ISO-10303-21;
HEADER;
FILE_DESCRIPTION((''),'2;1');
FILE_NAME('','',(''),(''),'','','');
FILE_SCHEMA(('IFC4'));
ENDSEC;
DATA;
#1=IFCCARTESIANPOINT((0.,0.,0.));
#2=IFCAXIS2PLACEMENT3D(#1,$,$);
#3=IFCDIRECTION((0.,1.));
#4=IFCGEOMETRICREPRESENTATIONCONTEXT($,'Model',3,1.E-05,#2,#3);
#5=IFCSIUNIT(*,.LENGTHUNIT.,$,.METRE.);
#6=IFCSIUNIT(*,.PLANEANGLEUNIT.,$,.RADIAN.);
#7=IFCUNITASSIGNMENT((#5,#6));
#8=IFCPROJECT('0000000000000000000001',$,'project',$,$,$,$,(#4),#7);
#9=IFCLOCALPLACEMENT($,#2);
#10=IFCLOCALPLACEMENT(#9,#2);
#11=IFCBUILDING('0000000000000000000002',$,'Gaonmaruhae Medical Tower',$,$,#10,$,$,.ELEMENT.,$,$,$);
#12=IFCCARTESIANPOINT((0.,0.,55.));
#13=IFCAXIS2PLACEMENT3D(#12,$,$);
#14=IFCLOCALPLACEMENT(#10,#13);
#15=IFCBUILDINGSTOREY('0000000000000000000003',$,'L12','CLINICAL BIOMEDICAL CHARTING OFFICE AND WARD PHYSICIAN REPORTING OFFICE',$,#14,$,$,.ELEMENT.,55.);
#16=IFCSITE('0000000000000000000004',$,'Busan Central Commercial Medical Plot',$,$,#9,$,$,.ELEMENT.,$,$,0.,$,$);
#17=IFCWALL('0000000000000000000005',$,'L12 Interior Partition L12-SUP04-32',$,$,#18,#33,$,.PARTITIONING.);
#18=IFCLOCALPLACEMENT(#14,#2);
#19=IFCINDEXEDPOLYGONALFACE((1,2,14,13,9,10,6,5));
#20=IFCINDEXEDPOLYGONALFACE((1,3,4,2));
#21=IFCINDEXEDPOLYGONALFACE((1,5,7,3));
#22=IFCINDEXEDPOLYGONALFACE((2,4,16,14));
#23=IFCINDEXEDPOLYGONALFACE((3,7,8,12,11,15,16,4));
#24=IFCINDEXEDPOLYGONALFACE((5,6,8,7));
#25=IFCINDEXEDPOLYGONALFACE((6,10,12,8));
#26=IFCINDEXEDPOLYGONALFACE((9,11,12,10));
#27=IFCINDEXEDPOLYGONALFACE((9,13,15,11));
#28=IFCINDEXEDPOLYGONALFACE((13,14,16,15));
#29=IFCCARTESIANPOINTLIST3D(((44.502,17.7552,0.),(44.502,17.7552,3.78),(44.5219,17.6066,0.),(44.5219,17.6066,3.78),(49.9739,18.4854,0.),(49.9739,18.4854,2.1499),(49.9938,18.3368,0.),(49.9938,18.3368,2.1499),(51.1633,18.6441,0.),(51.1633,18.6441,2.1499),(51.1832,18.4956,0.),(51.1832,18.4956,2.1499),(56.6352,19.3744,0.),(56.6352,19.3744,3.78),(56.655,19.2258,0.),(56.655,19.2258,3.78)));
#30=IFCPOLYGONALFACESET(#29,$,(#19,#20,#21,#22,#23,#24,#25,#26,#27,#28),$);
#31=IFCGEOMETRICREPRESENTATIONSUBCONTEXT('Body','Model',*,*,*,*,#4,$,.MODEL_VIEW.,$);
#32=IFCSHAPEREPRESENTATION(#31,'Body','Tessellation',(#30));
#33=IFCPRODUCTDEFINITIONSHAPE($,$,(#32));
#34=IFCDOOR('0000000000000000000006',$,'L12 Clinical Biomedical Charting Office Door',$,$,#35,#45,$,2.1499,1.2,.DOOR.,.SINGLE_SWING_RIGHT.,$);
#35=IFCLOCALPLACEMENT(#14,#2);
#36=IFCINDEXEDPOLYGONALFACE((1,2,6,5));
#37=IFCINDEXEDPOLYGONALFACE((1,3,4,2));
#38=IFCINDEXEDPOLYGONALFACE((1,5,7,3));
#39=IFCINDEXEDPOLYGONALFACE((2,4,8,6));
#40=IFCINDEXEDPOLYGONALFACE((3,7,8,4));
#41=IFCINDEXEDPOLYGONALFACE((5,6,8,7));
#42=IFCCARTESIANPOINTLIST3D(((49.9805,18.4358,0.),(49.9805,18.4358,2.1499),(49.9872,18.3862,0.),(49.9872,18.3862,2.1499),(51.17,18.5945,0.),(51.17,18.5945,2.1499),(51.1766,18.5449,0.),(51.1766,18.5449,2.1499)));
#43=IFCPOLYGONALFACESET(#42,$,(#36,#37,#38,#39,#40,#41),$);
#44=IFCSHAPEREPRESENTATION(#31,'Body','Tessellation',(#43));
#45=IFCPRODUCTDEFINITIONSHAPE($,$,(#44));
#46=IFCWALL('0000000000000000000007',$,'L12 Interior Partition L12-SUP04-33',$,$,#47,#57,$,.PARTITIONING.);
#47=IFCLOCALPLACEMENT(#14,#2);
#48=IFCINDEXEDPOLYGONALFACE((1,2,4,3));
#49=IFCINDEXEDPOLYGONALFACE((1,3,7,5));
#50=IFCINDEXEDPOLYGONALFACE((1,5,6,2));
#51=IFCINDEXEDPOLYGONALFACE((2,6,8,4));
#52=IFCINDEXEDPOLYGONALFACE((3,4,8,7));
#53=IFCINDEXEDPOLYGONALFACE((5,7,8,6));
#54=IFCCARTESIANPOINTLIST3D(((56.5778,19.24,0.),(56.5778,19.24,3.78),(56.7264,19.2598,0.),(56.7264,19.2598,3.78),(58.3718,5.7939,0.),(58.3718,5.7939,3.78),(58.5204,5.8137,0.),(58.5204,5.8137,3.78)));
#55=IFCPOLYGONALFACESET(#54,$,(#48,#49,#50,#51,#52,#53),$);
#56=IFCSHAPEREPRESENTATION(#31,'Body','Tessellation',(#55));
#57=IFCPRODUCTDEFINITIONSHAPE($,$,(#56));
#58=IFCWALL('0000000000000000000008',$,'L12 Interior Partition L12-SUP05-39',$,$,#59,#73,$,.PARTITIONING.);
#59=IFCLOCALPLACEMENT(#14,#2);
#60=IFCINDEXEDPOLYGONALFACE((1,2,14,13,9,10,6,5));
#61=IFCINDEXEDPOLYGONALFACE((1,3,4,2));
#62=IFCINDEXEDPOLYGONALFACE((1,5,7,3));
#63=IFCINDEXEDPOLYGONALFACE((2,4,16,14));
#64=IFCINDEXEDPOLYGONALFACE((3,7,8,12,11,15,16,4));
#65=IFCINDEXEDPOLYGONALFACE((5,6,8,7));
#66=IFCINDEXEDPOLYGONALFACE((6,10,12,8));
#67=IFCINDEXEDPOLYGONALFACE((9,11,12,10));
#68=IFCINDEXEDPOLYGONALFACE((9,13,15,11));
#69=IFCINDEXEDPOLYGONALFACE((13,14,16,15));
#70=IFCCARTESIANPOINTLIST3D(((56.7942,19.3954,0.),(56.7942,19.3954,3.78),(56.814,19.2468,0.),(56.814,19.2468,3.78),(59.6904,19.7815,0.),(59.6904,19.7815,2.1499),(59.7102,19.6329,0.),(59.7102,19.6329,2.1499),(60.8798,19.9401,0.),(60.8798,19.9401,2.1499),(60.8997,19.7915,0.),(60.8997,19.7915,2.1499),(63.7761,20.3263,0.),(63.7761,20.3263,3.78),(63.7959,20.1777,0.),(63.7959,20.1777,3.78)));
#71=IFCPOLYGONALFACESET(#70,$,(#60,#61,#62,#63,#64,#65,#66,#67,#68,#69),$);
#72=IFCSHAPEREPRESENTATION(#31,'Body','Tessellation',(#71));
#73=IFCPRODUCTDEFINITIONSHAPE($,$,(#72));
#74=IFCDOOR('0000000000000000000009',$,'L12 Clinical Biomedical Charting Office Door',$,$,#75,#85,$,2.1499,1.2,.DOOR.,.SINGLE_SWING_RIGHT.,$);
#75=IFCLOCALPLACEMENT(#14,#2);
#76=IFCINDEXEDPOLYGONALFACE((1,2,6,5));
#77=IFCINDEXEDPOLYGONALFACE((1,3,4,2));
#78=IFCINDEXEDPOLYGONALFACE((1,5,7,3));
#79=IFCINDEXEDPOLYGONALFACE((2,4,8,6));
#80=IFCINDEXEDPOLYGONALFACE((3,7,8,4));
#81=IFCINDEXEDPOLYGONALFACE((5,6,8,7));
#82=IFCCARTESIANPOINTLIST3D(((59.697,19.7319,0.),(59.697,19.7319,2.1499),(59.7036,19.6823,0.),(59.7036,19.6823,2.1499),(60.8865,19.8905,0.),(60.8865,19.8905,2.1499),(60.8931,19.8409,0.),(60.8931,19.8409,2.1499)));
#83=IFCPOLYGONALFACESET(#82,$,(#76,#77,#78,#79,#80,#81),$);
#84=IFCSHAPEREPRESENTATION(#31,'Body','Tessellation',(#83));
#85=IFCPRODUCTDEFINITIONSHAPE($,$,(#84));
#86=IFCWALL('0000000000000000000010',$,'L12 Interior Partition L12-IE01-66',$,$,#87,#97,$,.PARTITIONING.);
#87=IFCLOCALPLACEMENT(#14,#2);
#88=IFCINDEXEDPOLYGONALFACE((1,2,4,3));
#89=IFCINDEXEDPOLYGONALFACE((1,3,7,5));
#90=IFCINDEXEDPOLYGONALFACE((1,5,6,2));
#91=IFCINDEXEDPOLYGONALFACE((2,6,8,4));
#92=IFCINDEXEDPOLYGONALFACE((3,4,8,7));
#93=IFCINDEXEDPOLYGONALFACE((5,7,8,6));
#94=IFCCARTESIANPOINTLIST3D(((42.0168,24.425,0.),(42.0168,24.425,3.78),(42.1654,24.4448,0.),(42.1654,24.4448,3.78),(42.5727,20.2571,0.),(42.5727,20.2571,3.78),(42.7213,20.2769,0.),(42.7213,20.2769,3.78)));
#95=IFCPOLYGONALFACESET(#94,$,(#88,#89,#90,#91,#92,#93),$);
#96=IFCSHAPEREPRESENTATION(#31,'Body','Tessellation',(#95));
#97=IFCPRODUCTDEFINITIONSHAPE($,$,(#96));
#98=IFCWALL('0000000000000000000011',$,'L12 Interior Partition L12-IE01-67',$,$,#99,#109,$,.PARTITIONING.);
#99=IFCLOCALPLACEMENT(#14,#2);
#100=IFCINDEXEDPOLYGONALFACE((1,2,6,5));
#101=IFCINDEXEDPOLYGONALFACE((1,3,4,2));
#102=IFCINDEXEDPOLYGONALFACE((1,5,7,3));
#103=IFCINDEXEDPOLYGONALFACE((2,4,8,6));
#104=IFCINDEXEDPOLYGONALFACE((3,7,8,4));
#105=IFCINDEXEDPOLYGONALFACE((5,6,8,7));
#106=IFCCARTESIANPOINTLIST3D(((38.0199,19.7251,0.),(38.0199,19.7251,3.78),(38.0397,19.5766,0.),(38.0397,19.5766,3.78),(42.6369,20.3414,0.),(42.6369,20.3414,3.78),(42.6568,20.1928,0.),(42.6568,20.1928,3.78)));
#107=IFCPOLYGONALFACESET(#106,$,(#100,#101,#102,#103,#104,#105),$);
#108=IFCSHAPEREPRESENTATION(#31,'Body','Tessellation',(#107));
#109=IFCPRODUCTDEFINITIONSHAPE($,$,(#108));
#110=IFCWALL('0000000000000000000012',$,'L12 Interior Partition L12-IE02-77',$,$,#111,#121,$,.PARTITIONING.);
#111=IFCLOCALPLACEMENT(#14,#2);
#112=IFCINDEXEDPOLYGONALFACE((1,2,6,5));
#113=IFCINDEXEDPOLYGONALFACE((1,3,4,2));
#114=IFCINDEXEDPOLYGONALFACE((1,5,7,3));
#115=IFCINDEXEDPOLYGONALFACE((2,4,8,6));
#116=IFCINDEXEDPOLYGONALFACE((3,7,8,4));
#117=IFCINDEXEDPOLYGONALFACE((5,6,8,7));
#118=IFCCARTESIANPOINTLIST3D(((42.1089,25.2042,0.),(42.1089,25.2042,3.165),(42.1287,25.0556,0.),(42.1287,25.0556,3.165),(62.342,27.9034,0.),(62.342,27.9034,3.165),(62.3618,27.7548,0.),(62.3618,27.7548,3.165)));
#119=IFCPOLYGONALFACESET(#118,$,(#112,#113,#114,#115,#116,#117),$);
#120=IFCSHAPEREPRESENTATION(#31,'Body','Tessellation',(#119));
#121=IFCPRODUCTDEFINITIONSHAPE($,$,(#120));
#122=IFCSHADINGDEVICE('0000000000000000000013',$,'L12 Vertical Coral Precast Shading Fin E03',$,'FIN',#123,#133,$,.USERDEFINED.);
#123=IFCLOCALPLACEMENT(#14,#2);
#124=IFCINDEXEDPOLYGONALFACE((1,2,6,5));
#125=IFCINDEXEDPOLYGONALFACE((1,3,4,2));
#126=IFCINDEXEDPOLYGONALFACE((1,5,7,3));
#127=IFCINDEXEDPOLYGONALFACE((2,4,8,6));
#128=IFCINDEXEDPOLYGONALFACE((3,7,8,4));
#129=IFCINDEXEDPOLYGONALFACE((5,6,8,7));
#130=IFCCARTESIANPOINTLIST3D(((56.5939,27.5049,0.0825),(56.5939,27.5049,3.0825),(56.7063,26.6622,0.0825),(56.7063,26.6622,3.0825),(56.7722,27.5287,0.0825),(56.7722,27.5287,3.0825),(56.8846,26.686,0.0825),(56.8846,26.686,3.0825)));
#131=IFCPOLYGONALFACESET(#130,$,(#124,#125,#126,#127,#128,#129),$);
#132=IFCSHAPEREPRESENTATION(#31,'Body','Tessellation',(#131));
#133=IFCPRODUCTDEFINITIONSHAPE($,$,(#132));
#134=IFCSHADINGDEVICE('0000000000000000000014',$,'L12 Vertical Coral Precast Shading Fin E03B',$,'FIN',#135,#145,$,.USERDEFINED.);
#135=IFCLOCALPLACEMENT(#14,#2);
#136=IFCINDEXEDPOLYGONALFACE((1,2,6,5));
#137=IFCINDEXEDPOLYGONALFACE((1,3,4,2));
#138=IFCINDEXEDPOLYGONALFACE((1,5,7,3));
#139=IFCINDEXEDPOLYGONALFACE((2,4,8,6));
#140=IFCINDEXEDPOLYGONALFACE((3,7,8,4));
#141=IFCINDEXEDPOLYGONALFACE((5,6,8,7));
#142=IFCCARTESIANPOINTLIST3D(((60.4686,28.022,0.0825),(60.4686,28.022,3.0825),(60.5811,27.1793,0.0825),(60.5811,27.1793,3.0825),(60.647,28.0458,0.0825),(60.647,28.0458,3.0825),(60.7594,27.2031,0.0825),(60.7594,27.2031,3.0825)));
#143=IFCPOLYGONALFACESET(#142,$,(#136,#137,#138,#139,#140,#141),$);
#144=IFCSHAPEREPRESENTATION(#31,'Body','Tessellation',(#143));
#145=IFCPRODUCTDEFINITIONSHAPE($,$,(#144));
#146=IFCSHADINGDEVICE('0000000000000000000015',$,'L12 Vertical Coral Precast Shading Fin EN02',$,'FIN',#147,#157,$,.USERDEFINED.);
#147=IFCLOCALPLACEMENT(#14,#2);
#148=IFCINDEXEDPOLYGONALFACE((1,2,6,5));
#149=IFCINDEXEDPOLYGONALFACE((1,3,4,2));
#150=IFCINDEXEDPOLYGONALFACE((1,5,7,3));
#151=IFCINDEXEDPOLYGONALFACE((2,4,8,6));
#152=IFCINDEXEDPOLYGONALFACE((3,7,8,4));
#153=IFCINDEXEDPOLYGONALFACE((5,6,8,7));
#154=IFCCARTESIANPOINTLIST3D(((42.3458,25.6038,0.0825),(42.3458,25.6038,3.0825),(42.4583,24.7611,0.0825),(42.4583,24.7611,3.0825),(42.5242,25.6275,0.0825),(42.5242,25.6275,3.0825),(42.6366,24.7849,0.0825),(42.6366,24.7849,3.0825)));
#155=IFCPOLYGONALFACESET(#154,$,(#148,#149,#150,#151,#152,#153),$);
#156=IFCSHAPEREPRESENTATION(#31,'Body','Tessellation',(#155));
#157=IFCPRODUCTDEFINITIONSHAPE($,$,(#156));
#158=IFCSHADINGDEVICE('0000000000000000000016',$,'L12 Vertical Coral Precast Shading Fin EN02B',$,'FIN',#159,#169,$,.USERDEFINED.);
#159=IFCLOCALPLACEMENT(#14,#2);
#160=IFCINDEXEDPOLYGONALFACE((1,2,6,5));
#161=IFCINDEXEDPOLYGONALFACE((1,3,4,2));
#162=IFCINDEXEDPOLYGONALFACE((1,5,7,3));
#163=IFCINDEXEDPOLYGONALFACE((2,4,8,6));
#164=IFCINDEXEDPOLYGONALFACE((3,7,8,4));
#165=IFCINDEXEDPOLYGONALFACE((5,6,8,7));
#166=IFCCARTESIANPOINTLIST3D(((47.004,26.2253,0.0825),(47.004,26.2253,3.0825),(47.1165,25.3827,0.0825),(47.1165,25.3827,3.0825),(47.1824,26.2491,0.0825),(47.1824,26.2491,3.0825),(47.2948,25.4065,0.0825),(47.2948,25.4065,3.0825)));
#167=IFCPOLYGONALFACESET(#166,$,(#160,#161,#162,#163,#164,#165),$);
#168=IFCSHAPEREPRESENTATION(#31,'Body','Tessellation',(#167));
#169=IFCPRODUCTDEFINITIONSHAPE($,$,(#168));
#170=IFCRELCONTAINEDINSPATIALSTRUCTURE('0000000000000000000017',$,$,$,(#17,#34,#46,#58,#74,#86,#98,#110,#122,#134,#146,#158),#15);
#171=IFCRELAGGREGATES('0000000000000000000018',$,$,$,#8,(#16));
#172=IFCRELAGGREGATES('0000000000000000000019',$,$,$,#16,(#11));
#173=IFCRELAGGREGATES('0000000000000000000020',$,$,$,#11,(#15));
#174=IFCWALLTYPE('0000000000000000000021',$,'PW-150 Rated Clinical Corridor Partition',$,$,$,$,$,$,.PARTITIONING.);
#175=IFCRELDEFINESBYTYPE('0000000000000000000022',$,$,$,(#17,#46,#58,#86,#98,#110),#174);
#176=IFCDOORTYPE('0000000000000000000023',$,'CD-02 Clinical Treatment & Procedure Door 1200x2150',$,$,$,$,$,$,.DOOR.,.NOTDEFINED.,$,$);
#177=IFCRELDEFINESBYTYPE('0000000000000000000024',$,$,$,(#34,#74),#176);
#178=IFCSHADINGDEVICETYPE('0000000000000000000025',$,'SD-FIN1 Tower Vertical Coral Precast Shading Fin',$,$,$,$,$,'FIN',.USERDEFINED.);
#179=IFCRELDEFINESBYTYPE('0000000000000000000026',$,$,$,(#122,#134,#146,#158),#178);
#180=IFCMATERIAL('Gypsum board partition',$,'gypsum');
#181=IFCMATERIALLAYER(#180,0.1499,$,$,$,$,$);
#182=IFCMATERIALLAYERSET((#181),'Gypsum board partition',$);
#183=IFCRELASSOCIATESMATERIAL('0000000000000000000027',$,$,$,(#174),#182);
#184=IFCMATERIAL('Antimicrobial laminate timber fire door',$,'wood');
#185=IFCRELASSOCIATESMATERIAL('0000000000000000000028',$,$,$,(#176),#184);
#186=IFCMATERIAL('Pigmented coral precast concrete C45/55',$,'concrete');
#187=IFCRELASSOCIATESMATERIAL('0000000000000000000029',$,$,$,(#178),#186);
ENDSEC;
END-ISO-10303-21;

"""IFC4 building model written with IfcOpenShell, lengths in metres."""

from ifc_helpers import new_model, si_unit, direction, frame, frame_2d, origin, origin_2d, place, context, subcontext, project, spatial, rectangle, extrude, material, layer, layer_set, type_object, element, fill, save


model = new_model("IFC4")

# Units and contexts
model_context = context("Model", 3, precision=1e-05, world=origin(), true_north=direction((0.0, 1.0)))
body_context = subcontext(model_context, "Body", "Model", "MODEL_VIEW")
ifc_project = project(units=[si_unit("LENGTHUNIT", "METRE"), si_unit("PLANEANGLEUNIT", "RADIAN")], contexts=[model_context])

# Site, building, storey
site_placement = place(None, origin())
site = spatial("IfcSite", under=ifc_project, at=site_placement, Name="Busan Central Commercial Medical Plot", CompositionType="ELEMENT", RefElevation=0.0)
building_placement = place(site_placement, origin())
building = spatial("IfcBuilding", under=site, at=building_placement, Name="Gaonmaruhae Medical Tower", CompositionType="ELEMENT")
storey_placement = place(building_placement, frame((0.0, 0.0, 55.0)))
storey = spatial("IfcBuildingStorey", under=building, at=storey_placement, Name="L12", Description="CLINICAL BIOMEDICAL CHARTING OFFICE AND WARD PHYSICIAN REPORTING OFFICE", CompositionType="ELEMENT", Elevation=55.0)

# Shared definitions
ifc_material_1 = material(Name="Gypsum board partition", Category="gypsum")
ifc_layer_1 = layer(ifc_material_1, 0.1499)
ifc_layer_set_1 = layer_set([ifc_layer_1], Name="Gypsum board partition")
wall_type_1 = type_object("IfcWallType", Name="PW-150 Rated Clinical Corridor Partition", PredefinedType="PARTITIONING", material=ifc_layer_set_1)

# Wall, opening, door
wall_1_placement = place(storey_placement, frame((44.512, 17.6809, 0.0), z_axis=(0.0, 0.0, 1.0), x_axis=(0.991213, 0.132276, 0.0)))
wall_1 = element("IfcWall", 1, at=wall_1_placement, inside=storey, type_object=wall_type_1, Name="L12 Interior Partition L12-SUP04-32", PredefinedType="PARTITIONING", context=body_context, shape_type="SweptSolid", body=[
    extrude(rectangle(XDim=12.2407, YDim=0.1499, at=frame_2d((6.1204, 0.0))), origin(), (0.0, 0.0, 1.0), 3.78),
])
opening_1_placement = place(wall_1_placement, frame((5.5203, 0.0, 0.0)))
opening_1 = element("IfcOpeningElement", 2, at=opening_1_placement, cuts=wall_1, PredefinedType="OPENING", context=body_context, shape_type="SweptSolid", body=[
    extrude(rectangle(XDim=1.2, YDim=2.1499, at=frame_2d((0.6001, 1.075))), frame((0.0, 0.085, 0.0), z_axis=(0.0, -1.0, 0.0), x_axis=(1.0, 0.0, 0.0)), (0.0, 0.0, 1.0), 0.1699),
])
ifc_material_2 = material(Name="Antimicrobial laminate timber fire door", Category="wood")
door_type = type_object("IfcDoorType", Name="CD-02 Clinical Treatment & Procedure Door 1200x2150", OperationType="NOTDEFINED", PredefinedType="DOOR", material=ifc_material_2)
door_1_placement = place(opening_1_placement, origin())
door_1 = element("IfcDoor", 3, at=door_1_placement, inside=storey, type_object=door_type, Name="L12 Clinical Biomedical Charting Office Door", OperationType="SINGLE_SWING_RIGHT", OverallHeight=2.1499, OverallWidth=1.2, PredefinedType="DOOR", context=body_context, shape_type="SweptSolid", body=[
    extrude(rectangle(XDim=1.2, YDim=2.1499, at=frame_2d((0.6001, 1.075))), frame((0.0, 0.0249, 0.0), z_axis=(0.0, -1.0, 0.0), x_axis=(1.0, 0.0, 0.0)), (0.0, 0.0, 1.0), 0.05),
])
fill(opening_1, door_1)

# Wall
wall_2_placement = place(storey_placement, frame((56.6521, 19.25, 0.0), z_axis=(0.0, 0.0, 1.0), x_axis=(0.132246, -0.991217, 0.0)))
element("IfcWall", 4, at=wall_2_placement, inside=storey, type_object=wall_type_1, Name="L12 Interior Partition L12-SUP04-33", PredefinedType="PARTITIONING", context=body_context, shape_type="SweptSolid", body=[
    extrude(rectangle(XDim=13.5652, YDim=0.1499, at=frame_2d((6.7827, 0.0))), origin(), (0.0, 0.0, 1.0), 3.78),
])

# Wall, opening, door
wall_3_placement = place(storey_placement, frame((56.804, 19.321, 0.0), z_axis=(0.0, 0.0, 1.0), x_axis=(0.991228, 0.132161, 0.0)))
wall_3 = element("IfcWall", 5, at=wall_3_placement, inside=storey, type_object=wall_type_1, Name="L12 Interior Partition L12-SUP05-39", PredefinedType="PARTITIONING", context=body_context, shape_type="SweptSolid", body=[
    extrude(rectangle(XDim=7.0437, YDim=0.1499, at=frame_2d((3.522, 0.0))), origin(), (0.0, 0.0, 1.0), 3.78),
])
opening_2_placement = place(wall_3_placement, frame((2.9219, 0.0, 0.0)))
opening_2 = element("IfcOpeningElement", 6, at=opening_2_placement, cuts=wall_3, PredefinedType="OPENING", context=body_context, shape_type="SweptSolid", body=[
    extrude(rectangle(XDim=1.2, YDim=2.1499, at=frame_2d((0.6001, 1.075))), frame((0.0, 0.085, 0.0), z_axis=(0.0, -1.0, 0.0), x_axis=(1.0, 0.0, 0.0)), (0.0, 0.0, 1.0), 0.1699),
])
door_2_placement = place(opening_2_placement, origin())
door_2 = element("IfcDoor", 7, at=door_2_placement, inside=storey, type_object=door_type, Name="L12 Clinical Biomedical Charting Office Door", OperationType="SINGLE_SWING_RIGHT", OverallHeight=2.1499, OverallWidth=1.2, PredefinedType="DOOR", context=body_context, shape_type="SweptSolid", body=[
    extrude(rectangle(XDim=1.2, YDim=2.1499, at=frame_2d((0.6001, 1.075))), frame((0.0, 0.0249, 0.0), z_axis=(0.0, -1.0, 0.0), x_axis=(1.0, 0.0, 0.0)), (0.0, 0.0, 1.0), 0.05),
])
fill(opening_2, door_2)

# Walls
wall_4_placement = place(storey_placement, frame((42.0911, 24.4351, 0.0), z_axis=(0.0, 0.0, 1.0), x_axis=(0.132206, -0.991222, 0.0)))
element("IfcWall", 8, at=wall_4_placement, inside=storey, type_object=wall_type_1, Name="L12 Interior Partition L12-IE01-66", PredefinedType="PARTITIONING", context=body_context, shape_type="SweptSolid", body=[
    extrude(rectangle(XDim=4.2048, YDim=0.1499, at=frame_2d((2.1025, 0.0))), origin(), (0.0, 0.0, 1.0), 3.78),
])
wall_5_placement = place(storey_placement, frame((42.647, 20.2671, 0.0), z_axis=(0.0, 0.0, 1.0), x_axis=(-0.99121, -0.132294, 0.0)))
element("IfcWall", 9, at=wall_5_placement, inside=storey, type_object=wall_type_1, Name="L12 Interior Partition L12-IE01-67", PredefinedType="PARTITIONING", context=body_context, shape_type="SweptSolid", body=[
    extrude(rectangle(XDim=4.658, YDim=0.1499, at=frame_2d((2.3291, 0.0))), origin(), (0.0, 0.0, 1.0), 3.78),
])
wall_6_placement = place(storey_placement, frame((42.1189, 25.1299, 0.0), z_axis=(0.0, 0.0, 1.0), x_axis=(0.991218, 0.132234, 0.0)))
element("IfcWall", 10, at=wall_6_placement, inside=storey, type_object=wall_type_1, Name="L12 Interior Partition L12-IE02-77", PredefinedType="PARTITIONING", context=body_context, shape_type="SweptSolid", body=[
    extrude(rectangle(XDim=20.4124, YDim=0.1499, at=frame_2d((10.2061, 0.0))), origin(), (0.0, 0.0, 1.0), 3.165),
])

# Shading devices
ifc_material_3 = material(Name="Pigmented coral precast concrete C45/55", Category="concrete")
shading_device_type = type_object("IfcShadingDeviceType", Name="SD-FIN1 Tower Vertical Coral Precast Shading Fin", ElementType="FIN", PredefinedType="USERDEFINED", material=ifc_material_3)
for number, where, z_axis, x_axis, name in (
    (11, (56.7393, 27.0955, 0.0825), (0.0, 0.0, 1.0), (0.991216, 0.132256, 0.0), "L12 Vertical Coral Precast Shading Fin E03"),
    (12, (60.614, 27.6125, 0.0825), (0.0, 0.0, 1.0), (0.991216, 0.132256, 0.0), "L12 Vertical Coral Precast Shading Fin E03B"),
    (13, (42.4912, 25.1943, 0.0825), (0.0, 0.0, 1.0), (0.991216, 0.132256, 0.0), "L12 Vertical Coral Precast Shading Fin EN02"),
    (14, (47.1494, 25.8159, 0.0825), (0.0, 0.0, 1.0), (0.991216, 0.132256, 0.0), "L12 Vertical Coral Precast Shading Fin EN02B"),
):
    element("IfcShadingDevice", number, at=place(storey_placement, frame(where, z_axis=z_axis, x_axis=x_axis)), inside=storey, type_object=shading_device_type, Name=name, ObjectType="FIN", PredefinedType="USERDEFINED", context=body_context, shape_type="SweptSolid", body=[
        extrude(rectangle(XDim=0.1799, YDim=0.8501, at=origin_2d()), origin(), (0.0, 0.0, 1.0), 3.0),
    ])

save(model, "model.ifc")
